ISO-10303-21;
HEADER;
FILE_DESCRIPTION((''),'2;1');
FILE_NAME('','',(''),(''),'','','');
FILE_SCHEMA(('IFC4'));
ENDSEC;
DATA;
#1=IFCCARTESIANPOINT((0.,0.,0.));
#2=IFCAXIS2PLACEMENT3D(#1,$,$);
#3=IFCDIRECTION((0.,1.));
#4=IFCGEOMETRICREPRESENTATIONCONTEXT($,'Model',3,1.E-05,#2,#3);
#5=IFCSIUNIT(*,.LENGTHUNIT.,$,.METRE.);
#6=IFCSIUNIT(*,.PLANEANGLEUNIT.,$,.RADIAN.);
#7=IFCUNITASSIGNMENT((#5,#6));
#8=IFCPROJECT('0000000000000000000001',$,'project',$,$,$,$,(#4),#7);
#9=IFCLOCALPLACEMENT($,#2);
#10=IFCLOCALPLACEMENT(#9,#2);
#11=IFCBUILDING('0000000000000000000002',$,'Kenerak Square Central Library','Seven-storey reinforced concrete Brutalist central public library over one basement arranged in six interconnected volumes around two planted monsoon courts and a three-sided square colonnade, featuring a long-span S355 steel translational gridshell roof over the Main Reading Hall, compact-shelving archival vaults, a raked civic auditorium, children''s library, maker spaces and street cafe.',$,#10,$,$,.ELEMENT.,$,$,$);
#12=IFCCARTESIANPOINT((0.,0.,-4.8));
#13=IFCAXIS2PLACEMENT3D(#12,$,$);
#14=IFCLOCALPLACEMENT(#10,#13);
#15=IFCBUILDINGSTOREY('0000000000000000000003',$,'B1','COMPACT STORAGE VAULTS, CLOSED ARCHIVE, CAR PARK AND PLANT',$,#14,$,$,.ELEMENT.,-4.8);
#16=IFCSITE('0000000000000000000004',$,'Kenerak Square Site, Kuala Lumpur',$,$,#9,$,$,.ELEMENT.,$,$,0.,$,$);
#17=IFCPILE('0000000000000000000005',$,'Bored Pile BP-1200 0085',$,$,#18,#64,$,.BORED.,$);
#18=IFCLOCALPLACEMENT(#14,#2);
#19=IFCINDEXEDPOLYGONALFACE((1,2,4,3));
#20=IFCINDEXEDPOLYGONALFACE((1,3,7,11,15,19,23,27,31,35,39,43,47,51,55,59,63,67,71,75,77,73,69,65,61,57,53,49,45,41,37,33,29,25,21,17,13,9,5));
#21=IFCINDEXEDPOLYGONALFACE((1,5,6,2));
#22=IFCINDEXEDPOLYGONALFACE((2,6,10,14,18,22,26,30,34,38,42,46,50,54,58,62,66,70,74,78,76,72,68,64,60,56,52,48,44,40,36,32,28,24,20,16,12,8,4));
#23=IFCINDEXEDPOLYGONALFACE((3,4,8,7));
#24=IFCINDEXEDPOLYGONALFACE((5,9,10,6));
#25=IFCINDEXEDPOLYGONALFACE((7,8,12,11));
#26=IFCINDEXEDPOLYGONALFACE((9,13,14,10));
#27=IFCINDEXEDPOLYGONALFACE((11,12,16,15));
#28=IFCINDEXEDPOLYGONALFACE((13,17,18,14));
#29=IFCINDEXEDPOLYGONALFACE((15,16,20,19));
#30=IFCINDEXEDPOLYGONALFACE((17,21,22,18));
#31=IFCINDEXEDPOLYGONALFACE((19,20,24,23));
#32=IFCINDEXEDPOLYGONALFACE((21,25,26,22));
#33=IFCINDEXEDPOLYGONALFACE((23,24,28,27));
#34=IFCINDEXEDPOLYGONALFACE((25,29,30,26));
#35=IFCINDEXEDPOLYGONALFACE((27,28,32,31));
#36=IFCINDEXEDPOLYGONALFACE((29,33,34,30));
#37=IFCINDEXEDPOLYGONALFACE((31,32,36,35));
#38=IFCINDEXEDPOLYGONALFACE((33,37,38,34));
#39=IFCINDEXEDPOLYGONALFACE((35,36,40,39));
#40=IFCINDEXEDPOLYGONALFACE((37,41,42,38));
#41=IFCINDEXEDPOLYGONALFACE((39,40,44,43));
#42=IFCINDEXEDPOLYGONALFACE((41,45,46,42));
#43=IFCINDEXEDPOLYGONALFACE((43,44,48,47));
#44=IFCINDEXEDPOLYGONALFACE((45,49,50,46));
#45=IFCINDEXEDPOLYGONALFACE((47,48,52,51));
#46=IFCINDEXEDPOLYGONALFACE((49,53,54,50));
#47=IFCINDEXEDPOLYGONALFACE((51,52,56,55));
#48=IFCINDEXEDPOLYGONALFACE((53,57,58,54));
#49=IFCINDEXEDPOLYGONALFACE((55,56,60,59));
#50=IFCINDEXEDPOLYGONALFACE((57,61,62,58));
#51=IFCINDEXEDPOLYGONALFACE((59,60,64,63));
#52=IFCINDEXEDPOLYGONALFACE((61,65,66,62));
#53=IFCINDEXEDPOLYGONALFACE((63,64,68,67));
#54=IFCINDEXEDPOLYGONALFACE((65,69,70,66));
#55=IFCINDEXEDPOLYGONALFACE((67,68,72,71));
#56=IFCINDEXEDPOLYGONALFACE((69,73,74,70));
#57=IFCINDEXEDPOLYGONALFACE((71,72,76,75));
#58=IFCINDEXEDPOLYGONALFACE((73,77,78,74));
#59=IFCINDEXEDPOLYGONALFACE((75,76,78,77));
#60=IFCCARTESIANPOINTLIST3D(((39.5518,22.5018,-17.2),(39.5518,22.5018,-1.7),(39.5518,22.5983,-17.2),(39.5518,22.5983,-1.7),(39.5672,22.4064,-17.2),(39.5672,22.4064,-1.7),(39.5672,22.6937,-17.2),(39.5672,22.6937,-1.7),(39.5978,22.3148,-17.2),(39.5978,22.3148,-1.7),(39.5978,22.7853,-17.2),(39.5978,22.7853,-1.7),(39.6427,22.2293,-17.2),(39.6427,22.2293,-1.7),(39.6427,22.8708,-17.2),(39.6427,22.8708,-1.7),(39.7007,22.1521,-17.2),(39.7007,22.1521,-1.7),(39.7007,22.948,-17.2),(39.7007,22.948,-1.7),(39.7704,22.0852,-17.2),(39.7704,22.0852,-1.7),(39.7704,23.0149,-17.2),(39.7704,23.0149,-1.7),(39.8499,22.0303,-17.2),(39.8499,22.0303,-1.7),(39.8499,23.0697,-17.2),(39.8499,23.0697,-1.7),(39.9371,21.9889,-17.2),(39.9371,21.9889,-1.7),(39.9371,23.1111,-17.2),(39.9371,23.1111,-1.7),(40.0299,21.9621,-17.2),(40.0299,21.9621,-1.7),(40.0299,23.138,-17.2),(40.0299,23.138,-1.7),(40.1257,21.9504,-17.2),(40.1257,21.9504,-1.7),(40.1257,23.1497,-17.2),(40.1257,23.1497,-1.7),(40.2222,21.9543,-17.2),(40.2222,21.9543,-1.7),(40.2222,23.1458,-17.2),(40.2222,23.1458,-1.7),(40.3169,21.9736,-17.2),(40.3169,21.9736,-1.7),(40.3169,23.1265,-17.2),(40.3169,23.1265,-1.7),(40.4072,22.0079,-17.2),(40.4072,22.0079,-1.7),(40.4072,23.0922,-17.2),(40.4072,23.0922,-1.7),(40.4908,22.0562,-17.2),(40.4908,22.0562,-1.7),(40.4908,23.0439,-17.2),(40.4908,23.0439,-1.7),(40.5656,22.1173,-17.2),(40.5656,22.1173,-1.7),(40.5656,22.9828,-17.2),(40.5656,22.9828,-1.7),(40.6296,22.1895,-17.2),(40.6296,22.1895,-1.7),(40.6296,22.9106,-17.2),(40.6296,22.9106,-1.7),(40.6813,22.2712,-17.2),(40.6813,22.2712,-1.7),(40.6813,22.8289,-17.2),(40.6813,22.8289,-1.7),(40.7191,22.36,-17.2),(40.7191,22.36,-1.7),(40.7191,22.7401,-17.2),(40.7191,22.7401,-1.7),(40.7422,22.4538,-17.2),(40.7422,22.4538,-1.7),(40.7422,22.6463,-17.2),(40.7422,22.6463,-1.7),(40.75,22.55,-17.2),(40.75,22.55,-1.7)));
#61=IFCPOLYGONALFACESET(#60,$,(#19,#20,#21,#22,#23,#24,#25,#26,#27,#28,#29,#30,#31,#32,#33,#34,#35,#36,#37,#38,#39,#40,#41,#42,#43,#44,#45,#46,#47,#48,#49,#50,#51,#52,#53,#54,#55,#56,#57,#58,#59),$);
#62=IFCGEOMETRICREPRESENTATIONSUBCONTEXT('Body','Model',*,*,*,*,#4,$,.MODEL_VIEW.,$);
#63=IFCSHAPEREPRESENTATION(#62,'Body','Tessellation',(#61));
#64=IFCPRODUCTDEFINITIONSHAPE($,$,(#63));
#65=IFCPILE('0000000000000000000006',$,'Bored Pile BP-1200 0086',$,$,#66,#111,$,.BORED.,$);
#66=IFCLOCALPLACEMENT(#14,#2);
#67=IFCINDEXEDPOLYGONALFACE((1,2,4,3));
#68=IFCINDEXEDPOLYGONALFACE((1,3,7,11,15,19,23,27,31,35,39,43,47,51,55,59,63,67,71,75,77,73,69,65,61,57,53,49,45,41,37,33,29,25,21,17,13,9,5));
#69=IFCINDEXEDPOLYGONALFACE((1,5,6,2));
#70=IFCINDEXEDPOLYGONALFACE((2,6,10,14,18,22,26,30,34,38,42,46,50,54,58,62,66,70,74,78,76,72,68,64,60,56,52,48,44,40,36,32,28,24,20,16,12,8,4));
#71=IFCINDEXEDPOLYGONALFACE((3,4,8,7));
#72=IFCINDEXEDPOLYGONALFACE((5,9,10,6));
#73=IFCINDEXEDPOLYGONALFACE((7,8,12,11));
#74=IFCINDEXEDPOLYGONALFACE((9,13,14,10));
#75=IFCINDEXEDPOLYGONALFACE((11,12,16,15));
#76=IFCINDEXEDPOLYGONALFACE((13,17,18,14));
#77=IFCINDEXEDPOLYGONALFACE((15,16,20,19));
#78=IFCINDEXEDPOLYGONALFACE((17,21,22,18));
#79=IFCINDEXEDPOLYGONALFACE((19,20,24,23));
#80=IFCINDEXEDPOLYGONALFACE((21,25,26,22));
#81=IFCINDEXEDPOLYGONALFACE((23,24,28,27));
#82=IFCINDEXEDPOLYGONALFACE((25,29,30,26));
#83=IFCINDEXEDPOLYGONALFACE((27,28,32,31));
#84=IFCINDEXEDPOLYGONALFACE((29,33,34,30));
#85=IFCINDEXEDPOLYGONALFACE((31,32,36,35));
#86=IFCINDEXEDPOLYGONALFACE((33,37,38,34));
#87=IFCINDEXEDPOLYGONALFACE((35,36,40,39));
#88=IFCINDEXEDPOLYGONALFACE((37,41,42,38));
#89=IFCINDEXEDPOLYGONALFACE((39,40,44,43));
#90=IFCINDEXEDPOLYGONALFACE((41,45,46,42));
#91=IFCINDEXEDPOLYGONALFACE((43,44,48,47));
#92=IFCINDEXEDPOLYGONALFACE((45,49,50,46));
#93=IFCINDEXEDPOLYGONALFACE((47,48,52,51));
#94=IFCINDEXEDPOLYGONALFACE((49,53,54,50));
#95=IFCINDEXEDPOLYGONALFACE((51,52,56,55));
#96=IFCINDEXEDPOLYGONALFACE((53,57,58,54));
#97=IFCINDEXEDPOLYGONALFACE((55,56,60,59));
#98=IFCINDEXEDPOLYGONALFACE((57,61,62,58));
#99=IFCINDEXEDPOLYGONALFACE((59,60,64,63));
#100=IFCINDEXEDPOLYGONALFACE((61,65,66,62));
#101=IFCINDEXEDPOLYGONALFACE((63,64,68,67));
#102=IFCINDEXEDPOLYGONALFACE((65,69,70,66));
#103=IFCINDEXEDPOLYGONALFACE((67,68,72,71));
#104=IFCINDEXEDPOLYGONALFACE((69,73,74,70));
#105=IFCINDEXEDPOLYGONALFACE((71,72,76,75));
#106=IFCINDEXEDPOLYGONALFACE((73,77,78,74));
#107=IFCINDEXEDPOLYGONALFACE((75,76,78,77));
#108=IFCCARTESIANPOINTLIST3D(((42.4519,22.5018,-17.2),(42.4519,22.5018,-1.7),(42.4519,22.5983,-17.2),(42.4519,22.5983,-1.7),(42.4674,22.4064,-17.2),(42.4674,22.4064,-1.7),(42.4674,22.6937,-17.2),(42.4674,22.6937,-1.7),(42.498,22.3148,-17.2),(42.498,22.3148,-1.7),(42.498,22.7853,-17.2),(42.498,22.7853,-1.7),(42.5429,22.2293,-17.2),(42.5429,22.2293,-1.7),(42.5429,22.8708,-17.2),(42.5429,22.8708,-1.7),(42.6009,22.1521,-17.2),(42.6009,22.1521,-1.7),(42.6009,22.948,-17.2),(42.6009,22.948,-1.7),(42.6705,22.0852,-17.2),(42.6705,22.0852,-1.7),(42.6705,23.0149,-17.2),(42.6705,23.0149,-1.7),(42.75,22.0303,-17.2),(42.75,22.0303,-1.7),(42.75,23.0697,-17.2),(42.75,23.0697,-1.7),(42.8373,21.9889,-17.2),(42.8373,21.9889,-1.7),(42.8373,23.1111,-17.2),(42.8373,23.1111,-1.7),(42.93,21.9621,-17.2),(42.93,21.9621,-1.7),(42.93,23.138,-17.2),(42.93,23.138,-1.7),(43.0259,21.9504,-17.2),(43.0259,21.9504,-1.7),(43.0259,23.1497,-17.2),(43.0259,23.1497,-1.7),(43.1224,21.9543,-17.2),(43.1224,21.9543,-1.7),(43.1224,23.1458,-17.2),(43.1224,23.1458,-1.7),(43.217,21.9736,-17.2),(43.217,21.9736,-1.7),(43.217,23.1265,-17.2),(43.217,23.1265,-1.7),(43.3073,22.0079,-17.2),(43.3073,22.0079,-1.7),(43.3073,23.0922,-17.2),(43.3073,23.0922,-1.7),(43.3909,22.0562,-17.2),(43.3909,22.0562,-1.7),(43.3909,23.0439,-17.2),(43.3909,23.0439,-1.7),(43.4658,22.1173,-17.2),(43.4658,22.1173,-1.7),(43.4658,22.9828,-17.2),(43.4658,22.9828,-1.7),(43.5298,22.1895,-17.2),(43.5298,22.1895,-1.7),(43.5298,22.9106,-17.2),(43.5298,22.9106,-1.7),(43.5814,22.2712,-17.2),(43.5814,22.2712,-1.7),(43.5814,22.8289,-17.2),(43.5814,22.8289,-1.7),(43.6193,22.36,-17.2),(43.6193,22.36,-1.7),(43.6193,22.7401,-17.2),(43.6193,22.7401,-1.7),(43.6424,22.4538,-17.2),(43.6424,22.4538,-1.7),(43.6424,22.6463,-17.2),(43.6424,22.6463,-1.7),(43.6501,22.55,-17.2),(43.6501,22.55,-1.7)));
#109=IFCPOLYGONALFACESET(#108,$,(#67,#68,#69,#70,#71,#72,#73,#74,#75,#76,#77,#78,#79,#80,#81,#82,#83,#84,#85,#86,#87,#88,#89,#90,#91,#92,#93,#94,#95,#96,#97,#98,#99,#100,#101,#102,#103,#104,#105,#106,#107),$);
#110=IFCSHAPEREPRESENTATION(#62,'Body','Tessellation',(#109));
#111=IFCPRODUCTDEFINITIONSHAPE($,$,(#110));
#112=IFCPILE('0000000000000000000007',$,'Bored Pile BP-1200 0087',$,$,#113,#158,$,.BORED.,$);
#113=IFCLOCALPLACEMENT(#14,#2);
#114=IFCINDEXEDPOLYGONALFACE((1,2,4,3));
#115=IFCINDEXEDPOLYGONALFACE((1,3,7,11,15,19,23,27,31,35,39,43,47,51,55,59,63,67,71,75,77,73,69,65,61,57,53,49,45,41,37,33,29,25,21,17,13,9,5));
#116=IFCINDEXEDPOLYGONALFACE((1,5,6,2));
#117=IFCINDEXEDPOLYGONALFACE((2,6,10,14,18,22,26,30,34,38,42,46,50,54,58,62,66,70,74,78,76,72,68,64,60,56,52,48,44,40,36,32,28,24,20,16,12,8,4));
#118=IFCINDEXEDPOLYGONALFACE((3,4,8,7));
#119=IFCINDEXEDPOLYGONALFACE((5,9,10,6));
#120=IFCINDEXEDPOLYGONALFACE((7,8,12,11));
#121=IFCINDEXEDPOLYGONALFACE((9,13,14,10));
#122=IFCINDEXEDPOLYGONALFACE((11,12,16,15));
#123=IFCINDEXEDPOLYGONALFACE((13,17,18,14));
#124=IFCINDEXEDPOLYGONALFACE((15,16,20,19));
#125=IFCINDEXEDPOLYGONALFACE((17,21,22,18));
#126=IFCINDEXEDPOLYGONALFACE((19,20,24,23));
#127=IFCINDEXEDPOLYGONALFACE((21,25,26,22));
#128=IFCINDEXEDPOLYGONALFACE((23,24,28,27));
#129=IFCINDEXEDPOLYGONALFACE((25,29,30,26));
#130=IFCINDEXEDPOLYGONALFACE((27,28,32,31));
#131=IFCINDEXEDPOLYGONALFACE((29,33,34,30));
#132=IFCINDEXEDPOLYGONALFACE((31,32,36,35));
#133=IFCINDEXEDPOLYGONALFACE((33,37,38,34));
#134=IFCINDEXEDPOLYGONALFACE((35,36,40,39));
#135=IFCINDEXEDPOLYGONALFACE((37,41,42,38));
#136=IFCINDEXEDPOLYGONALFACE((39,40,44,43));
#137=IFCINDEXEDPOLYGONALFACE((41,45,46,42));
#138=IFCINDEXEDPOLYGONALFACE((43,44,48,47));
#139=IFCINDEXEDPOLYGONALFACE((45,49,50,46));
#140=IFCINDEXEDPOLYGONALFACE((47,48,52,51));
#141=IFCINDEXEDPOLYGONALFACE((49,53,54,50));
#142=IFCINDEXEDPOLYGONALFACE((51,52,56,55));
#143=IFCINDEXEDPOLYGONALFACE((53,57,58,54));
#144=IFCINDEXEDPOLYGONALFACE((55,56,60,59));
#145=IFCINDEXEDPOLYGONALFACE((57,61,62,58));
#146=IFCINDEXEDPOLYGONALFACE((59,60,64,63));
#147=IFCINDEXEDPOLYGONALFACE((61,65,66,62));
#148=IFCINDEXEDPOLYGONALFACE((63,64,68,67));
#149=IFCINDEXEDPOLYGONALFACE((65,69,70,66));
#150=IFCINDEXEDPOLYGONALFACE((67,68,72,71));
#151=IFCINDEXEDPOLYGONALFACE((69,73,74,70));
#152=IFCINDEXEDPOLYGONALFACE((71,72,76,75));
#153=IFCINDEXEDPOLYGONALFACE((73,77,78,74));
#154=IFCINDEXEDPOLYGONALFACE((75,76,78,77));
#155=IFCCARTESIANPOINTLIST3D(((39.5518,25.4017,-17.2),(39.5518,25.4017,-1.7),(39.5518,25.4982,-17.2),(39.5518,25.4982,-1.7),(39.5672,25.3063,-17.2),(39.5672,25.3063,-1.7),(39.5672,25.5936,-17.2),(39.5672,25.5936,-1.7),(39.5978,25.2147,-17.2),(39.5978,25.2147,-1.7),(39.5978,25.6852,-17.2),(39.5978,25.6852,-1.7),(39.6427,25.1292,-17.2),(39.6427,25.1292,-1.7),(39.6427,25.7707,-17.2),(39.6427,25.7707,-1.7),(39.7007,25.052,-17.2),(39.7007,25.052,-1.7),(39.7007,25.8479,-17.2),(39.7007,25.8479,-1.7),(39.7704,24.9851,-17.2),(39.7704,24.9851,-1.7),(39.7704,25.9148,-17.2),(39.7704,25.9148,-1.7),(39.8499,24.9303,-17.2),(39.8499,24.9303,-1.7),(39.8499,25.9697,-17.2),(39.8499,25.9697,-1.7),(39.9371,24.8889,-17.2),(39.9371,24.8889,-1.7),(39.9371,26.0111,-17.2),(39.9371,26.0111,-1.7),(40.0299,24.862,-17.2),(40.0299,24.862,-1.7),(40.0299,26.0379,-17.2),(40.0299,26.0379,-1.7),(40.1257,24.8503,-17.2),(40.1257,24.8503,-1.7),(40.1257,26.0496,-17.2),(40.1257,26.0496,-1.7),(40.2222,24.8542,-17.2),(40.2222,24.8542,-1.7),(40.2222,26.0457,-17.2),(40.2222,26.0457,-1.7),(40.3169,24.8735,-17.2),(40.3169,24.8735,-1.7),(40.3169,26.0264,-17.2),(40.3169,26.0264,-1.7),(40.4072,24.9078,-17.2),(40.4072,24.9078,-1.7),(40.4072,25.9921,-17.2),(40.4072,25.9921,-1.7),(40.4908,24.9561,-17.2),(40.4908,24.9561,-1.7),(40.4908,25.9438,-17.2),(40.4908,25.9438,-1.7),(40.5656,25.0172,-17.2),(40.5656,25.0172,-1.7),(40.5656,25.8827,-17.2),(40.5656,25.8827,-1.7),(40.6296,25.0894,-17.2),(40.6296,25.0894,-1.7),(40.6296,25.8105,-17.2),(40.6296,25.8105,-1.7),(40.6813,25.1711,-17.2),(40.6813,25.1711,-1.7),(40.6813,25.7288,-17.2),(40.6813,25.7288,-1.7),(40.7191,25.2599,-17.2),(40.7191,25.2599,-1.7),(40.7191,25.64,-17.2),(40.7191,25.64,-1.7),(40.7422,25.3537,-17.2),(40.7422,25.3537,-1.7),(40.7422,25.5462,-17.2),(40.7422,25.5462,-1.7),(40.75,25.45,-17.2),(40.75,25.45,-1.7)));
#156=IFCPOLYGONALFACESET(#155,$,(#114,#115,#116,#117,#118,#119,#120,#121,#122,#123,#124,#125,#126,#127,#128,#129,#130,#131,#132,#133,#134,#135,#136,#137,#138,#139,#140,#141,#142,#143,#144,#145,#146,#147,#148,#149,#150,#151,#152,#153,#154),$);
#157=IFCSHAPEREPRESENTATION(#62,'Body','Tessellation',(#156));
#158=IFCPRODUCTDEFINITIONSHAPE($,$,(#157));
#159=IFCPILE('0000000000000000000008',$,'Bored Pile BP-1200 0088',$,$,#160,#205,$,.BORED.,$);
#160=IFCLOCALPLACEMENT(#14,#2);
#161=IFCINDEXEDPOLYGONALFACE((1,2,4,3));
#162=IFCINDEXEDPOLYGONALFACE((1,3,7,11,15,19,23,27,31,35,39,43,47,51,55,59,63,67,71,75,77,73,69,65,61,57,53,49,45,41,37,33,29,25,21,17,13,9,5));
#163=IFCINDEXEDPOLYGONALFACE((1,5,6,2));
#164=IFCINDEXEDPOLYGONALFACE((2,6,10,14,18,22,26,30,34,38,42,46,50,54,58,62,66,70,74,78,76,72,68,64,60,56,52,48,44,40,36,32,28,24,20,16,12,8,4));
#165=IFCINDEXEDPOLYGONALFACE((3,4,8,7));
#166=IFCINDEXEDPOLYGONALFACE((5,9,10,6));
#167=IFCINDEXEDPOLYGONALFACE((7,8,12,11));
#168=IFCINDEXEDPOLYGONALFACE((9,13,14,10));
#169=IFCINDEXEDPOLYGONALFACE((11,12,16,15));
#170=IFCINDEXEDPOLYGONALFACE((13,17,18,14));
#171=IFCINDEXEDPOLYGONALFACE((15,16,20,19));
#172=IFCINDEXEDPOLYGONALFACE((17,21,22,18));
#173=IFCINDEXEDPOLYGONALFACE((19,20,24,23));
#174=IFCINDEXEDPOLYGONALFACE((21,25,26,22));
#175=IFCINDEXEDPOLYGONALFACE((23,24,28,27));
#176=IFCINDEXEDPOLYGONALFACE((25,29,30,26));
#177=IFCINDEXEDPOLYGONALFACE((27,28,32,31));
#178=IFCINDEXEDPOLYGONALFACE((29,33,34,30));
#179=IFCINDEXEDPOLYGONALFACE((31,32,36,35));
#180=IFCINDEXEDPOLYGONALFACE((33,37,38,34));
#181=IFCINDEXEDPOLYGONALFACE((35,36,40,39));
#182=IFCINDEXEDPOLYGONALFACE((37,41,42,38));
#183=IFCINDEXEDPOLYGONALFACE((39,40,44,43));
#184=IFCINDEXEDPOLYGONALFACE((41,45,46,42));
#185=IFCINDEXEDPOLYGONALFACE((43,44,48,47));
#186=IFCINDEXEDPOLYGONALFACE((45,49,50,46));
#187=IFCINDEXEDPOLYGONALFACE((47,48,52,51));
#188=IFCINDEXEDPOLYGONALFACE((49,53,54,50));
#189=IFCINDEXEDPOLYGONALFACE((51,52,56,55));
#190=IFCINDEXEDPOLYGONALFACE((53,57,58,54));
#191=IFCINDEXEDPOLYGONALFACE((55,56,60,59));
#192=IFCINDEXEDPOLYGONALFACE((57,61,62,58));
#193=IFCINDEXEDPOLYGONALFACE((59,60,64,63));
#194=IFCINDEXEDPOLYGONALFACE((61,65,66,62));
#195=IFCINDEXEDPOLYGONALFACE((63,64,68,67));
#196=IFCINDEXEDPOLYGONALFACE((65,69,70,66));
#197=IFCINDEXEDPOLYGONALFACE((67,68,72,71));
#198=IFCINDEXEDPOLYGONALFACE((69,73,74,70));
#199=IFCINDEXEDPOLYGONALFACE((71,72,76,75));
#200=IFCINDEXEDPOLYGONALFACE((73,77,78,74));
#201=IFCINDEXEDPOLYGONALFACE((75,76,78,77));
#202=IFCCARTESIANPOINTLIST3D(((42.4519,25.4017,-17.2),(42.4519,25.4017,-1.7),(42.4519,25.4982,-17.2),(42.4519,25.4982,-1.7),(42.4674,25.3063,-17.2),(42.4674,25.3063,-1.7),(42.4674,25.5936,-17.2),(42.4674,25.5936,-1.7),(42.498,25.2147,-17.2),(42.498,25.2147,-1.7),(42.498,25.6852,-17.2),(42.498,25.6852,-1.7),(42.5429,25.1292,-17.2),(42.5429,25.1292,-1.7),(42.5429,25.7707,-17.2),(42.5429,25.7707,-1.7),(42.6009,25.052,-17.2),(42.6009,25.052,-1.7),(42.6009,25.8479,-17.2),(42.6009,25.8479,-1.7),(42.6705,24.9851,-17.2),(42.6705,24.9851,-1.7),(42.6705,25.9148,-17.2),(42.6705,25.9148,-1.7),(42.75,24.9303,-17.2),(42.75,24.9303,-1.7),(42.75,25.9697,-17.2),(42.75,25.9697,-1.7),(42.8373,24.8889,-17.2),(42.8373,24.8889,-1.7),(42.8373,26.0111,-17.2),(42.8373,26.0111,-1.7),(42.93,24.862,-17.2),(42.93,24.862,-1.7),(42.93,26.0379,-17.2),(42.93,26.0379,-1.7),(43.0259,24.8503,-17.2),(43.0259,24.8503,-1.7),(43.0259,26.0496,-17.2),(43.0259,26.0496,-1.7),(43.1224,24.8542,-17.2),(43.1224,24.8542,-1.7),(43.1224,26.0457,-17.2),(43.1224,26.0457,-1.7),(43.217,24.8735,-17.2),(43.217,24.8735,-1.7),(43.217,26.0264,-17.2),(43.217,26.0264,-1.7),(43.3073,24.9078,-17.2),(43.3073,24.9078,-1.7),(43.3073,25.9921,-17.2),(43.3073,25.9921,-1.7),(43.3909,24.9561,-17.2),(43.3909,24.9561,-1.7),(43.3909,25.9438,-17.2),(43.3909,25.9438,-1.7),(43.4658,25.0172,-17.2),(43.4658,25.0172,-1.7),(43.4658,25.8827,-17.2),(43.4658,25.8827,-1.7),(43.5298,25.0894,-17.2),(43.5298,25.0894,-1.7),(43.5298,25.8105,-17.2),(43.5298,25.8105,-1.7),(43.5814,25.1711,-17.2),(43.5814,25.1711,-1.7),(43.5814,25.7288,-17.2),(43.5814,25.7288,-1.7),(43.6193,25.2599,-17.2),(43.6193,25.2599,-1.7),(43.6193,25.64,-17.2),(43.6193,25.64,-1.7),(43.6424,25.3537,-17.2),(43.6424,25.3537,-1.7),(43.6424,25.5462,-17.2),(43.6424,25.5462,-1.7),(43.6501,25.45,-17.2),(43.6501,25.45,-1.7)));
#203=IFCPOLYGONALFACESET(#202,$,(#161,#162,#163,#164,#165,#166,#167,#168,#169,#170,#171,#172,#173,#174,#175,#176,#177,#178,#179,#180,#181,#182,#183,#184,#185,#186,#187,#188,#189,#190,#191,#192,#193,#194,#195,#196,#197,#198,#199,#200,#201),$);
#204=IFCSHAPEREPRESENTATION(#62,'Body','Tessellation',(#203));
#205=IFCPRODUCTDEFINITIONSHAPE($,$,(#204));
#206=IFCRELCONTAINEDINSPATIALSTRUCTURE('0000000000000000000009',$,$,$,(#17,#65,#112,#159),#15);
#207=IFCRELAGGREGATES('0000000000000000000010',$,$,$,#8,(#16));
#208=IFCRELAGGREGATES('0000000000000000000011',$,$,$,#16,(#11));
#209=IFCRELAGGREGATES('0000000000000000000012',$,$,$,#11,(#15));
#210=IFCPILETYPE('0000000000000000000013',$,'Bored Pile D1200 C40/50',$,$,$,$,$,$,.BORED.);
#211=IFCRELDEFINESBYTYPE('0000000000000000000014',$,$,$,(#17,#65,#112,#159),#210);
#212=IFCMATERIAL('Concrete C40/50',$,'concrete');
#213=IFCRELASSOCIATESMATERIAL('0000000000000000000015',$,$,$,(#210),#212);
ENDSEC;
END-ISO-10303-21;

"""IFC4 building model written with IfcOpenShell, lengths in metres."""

from ifc_helpers import new_model, si_unit, direction, frame, origin, origin_2d, place, context, subcontext, project, spatial, circle, extrude, material, material_profile, profile_set, type_object, element, save


model = new_model("IFC4")

# Units and contexts
model_context = context("Model", 3, precision=1e-05, world=origin(), true_north=direction((0.0, 1.0)))
body_context = subcontext(model_context, "Body", "Model", "MODEL_VIEW")
ifc_project = project(units=[si_unit("LENGTHUNIT", "METRE"), si_unit("PLANEANGLEUNIT", "RADIAN")], contexts=[model_context])

# Site, building, storey
site_placement = place(None, origin())
site = spatial("IfcSite", under=ifc_project, at=site_placement, Name="Kenerak Square Site, Kuala Lumpur", CompositionType="ELEMENT", RefElevation=0.0)
building_placement = place(site_placement, origin())
building = spatial("IfcBuilding", under=site, at=building_placement, Name="Kenerak Square Central Library", Description="Seven-storey reinforced concrete Brutalist central public library over one basement arranged in six interconnected volumes around two planted monsoon courts and a three-sided square colonnade, featuring a long-span S355 steel translational gridshell roof over the Main Reading Hall, compact-shelving archival vaults, a raked civic auditorium, children's library, maker spaces and street cafe.", CompositionType="ELEMENT")
storey_placement = place(building_placement, frame((0.0, 0.0, -4.8)))
storey = spatial("IfcBuildingStorey", under=building, at=storey_placement, Name="B1", Description="COMPACT STORAGE VAULTS, CLOSED ARCHIVE, CAR PARK AND PLANT", CompositionType="ELEMENT", Elevation=-4.8)

# Piles
ifc_material_1 = material(Name="Concrete C40/50", Category="concrete")
ifc_material_profile_1 = material_profile(ifc_material_1, circle(Radius=0.6001, at=origin_2d()), Name="BP D1200")
ifc_profile_set_1 = profile_set([ifc_material_profile_1], Name="Concrete C40/50")
pile_type = type_object("IfcPileType", Name="Bored Pile D1200 C40/50", PredefinedType="BORED", material=ifc_profile_set_1)
for number, where, z_axis, x_axis, name in (
    (1, (40.1499, 22.55, -1.7), (0.0, 0.0, -1.0), (1.0, 0.0, 0.0), "Bored Pile BP-1200 0085"),
    (2, (43.05, 22.55, -1.7), (0.0, 0.0, -1.0), (1.0, 0.0, 0.0), "Bored Pile BP-1200 0086"),
    (3, (40.1499, 25.45, -1.7), (0.0, 0.0, -1.0), (1.0, 0.0, 0.0), "Bored Pile BP-1200 0087"),
    (4, (43.05, 25.45, -1.7), (0.0, 0.0, -1.0), (1.0, 0.0, 0.0), "Bored Pile BP-1200 0088"),
):
    element("IfcPile", number, at=place(storey_placement, frame(where, z_axis=z_axis, x_axis=x_axis)), inside=storey, type_object=pile_type, Name=name, PredefinedType="BORED", context=body_context, shape_type="SweptSolid", body=[
        extrude(circle(Radius=0.6001, at=origin_2d()), origin(), (0.0, 0.0, 1.0), 15.5),
    ])

save(model, "model.ifc")
